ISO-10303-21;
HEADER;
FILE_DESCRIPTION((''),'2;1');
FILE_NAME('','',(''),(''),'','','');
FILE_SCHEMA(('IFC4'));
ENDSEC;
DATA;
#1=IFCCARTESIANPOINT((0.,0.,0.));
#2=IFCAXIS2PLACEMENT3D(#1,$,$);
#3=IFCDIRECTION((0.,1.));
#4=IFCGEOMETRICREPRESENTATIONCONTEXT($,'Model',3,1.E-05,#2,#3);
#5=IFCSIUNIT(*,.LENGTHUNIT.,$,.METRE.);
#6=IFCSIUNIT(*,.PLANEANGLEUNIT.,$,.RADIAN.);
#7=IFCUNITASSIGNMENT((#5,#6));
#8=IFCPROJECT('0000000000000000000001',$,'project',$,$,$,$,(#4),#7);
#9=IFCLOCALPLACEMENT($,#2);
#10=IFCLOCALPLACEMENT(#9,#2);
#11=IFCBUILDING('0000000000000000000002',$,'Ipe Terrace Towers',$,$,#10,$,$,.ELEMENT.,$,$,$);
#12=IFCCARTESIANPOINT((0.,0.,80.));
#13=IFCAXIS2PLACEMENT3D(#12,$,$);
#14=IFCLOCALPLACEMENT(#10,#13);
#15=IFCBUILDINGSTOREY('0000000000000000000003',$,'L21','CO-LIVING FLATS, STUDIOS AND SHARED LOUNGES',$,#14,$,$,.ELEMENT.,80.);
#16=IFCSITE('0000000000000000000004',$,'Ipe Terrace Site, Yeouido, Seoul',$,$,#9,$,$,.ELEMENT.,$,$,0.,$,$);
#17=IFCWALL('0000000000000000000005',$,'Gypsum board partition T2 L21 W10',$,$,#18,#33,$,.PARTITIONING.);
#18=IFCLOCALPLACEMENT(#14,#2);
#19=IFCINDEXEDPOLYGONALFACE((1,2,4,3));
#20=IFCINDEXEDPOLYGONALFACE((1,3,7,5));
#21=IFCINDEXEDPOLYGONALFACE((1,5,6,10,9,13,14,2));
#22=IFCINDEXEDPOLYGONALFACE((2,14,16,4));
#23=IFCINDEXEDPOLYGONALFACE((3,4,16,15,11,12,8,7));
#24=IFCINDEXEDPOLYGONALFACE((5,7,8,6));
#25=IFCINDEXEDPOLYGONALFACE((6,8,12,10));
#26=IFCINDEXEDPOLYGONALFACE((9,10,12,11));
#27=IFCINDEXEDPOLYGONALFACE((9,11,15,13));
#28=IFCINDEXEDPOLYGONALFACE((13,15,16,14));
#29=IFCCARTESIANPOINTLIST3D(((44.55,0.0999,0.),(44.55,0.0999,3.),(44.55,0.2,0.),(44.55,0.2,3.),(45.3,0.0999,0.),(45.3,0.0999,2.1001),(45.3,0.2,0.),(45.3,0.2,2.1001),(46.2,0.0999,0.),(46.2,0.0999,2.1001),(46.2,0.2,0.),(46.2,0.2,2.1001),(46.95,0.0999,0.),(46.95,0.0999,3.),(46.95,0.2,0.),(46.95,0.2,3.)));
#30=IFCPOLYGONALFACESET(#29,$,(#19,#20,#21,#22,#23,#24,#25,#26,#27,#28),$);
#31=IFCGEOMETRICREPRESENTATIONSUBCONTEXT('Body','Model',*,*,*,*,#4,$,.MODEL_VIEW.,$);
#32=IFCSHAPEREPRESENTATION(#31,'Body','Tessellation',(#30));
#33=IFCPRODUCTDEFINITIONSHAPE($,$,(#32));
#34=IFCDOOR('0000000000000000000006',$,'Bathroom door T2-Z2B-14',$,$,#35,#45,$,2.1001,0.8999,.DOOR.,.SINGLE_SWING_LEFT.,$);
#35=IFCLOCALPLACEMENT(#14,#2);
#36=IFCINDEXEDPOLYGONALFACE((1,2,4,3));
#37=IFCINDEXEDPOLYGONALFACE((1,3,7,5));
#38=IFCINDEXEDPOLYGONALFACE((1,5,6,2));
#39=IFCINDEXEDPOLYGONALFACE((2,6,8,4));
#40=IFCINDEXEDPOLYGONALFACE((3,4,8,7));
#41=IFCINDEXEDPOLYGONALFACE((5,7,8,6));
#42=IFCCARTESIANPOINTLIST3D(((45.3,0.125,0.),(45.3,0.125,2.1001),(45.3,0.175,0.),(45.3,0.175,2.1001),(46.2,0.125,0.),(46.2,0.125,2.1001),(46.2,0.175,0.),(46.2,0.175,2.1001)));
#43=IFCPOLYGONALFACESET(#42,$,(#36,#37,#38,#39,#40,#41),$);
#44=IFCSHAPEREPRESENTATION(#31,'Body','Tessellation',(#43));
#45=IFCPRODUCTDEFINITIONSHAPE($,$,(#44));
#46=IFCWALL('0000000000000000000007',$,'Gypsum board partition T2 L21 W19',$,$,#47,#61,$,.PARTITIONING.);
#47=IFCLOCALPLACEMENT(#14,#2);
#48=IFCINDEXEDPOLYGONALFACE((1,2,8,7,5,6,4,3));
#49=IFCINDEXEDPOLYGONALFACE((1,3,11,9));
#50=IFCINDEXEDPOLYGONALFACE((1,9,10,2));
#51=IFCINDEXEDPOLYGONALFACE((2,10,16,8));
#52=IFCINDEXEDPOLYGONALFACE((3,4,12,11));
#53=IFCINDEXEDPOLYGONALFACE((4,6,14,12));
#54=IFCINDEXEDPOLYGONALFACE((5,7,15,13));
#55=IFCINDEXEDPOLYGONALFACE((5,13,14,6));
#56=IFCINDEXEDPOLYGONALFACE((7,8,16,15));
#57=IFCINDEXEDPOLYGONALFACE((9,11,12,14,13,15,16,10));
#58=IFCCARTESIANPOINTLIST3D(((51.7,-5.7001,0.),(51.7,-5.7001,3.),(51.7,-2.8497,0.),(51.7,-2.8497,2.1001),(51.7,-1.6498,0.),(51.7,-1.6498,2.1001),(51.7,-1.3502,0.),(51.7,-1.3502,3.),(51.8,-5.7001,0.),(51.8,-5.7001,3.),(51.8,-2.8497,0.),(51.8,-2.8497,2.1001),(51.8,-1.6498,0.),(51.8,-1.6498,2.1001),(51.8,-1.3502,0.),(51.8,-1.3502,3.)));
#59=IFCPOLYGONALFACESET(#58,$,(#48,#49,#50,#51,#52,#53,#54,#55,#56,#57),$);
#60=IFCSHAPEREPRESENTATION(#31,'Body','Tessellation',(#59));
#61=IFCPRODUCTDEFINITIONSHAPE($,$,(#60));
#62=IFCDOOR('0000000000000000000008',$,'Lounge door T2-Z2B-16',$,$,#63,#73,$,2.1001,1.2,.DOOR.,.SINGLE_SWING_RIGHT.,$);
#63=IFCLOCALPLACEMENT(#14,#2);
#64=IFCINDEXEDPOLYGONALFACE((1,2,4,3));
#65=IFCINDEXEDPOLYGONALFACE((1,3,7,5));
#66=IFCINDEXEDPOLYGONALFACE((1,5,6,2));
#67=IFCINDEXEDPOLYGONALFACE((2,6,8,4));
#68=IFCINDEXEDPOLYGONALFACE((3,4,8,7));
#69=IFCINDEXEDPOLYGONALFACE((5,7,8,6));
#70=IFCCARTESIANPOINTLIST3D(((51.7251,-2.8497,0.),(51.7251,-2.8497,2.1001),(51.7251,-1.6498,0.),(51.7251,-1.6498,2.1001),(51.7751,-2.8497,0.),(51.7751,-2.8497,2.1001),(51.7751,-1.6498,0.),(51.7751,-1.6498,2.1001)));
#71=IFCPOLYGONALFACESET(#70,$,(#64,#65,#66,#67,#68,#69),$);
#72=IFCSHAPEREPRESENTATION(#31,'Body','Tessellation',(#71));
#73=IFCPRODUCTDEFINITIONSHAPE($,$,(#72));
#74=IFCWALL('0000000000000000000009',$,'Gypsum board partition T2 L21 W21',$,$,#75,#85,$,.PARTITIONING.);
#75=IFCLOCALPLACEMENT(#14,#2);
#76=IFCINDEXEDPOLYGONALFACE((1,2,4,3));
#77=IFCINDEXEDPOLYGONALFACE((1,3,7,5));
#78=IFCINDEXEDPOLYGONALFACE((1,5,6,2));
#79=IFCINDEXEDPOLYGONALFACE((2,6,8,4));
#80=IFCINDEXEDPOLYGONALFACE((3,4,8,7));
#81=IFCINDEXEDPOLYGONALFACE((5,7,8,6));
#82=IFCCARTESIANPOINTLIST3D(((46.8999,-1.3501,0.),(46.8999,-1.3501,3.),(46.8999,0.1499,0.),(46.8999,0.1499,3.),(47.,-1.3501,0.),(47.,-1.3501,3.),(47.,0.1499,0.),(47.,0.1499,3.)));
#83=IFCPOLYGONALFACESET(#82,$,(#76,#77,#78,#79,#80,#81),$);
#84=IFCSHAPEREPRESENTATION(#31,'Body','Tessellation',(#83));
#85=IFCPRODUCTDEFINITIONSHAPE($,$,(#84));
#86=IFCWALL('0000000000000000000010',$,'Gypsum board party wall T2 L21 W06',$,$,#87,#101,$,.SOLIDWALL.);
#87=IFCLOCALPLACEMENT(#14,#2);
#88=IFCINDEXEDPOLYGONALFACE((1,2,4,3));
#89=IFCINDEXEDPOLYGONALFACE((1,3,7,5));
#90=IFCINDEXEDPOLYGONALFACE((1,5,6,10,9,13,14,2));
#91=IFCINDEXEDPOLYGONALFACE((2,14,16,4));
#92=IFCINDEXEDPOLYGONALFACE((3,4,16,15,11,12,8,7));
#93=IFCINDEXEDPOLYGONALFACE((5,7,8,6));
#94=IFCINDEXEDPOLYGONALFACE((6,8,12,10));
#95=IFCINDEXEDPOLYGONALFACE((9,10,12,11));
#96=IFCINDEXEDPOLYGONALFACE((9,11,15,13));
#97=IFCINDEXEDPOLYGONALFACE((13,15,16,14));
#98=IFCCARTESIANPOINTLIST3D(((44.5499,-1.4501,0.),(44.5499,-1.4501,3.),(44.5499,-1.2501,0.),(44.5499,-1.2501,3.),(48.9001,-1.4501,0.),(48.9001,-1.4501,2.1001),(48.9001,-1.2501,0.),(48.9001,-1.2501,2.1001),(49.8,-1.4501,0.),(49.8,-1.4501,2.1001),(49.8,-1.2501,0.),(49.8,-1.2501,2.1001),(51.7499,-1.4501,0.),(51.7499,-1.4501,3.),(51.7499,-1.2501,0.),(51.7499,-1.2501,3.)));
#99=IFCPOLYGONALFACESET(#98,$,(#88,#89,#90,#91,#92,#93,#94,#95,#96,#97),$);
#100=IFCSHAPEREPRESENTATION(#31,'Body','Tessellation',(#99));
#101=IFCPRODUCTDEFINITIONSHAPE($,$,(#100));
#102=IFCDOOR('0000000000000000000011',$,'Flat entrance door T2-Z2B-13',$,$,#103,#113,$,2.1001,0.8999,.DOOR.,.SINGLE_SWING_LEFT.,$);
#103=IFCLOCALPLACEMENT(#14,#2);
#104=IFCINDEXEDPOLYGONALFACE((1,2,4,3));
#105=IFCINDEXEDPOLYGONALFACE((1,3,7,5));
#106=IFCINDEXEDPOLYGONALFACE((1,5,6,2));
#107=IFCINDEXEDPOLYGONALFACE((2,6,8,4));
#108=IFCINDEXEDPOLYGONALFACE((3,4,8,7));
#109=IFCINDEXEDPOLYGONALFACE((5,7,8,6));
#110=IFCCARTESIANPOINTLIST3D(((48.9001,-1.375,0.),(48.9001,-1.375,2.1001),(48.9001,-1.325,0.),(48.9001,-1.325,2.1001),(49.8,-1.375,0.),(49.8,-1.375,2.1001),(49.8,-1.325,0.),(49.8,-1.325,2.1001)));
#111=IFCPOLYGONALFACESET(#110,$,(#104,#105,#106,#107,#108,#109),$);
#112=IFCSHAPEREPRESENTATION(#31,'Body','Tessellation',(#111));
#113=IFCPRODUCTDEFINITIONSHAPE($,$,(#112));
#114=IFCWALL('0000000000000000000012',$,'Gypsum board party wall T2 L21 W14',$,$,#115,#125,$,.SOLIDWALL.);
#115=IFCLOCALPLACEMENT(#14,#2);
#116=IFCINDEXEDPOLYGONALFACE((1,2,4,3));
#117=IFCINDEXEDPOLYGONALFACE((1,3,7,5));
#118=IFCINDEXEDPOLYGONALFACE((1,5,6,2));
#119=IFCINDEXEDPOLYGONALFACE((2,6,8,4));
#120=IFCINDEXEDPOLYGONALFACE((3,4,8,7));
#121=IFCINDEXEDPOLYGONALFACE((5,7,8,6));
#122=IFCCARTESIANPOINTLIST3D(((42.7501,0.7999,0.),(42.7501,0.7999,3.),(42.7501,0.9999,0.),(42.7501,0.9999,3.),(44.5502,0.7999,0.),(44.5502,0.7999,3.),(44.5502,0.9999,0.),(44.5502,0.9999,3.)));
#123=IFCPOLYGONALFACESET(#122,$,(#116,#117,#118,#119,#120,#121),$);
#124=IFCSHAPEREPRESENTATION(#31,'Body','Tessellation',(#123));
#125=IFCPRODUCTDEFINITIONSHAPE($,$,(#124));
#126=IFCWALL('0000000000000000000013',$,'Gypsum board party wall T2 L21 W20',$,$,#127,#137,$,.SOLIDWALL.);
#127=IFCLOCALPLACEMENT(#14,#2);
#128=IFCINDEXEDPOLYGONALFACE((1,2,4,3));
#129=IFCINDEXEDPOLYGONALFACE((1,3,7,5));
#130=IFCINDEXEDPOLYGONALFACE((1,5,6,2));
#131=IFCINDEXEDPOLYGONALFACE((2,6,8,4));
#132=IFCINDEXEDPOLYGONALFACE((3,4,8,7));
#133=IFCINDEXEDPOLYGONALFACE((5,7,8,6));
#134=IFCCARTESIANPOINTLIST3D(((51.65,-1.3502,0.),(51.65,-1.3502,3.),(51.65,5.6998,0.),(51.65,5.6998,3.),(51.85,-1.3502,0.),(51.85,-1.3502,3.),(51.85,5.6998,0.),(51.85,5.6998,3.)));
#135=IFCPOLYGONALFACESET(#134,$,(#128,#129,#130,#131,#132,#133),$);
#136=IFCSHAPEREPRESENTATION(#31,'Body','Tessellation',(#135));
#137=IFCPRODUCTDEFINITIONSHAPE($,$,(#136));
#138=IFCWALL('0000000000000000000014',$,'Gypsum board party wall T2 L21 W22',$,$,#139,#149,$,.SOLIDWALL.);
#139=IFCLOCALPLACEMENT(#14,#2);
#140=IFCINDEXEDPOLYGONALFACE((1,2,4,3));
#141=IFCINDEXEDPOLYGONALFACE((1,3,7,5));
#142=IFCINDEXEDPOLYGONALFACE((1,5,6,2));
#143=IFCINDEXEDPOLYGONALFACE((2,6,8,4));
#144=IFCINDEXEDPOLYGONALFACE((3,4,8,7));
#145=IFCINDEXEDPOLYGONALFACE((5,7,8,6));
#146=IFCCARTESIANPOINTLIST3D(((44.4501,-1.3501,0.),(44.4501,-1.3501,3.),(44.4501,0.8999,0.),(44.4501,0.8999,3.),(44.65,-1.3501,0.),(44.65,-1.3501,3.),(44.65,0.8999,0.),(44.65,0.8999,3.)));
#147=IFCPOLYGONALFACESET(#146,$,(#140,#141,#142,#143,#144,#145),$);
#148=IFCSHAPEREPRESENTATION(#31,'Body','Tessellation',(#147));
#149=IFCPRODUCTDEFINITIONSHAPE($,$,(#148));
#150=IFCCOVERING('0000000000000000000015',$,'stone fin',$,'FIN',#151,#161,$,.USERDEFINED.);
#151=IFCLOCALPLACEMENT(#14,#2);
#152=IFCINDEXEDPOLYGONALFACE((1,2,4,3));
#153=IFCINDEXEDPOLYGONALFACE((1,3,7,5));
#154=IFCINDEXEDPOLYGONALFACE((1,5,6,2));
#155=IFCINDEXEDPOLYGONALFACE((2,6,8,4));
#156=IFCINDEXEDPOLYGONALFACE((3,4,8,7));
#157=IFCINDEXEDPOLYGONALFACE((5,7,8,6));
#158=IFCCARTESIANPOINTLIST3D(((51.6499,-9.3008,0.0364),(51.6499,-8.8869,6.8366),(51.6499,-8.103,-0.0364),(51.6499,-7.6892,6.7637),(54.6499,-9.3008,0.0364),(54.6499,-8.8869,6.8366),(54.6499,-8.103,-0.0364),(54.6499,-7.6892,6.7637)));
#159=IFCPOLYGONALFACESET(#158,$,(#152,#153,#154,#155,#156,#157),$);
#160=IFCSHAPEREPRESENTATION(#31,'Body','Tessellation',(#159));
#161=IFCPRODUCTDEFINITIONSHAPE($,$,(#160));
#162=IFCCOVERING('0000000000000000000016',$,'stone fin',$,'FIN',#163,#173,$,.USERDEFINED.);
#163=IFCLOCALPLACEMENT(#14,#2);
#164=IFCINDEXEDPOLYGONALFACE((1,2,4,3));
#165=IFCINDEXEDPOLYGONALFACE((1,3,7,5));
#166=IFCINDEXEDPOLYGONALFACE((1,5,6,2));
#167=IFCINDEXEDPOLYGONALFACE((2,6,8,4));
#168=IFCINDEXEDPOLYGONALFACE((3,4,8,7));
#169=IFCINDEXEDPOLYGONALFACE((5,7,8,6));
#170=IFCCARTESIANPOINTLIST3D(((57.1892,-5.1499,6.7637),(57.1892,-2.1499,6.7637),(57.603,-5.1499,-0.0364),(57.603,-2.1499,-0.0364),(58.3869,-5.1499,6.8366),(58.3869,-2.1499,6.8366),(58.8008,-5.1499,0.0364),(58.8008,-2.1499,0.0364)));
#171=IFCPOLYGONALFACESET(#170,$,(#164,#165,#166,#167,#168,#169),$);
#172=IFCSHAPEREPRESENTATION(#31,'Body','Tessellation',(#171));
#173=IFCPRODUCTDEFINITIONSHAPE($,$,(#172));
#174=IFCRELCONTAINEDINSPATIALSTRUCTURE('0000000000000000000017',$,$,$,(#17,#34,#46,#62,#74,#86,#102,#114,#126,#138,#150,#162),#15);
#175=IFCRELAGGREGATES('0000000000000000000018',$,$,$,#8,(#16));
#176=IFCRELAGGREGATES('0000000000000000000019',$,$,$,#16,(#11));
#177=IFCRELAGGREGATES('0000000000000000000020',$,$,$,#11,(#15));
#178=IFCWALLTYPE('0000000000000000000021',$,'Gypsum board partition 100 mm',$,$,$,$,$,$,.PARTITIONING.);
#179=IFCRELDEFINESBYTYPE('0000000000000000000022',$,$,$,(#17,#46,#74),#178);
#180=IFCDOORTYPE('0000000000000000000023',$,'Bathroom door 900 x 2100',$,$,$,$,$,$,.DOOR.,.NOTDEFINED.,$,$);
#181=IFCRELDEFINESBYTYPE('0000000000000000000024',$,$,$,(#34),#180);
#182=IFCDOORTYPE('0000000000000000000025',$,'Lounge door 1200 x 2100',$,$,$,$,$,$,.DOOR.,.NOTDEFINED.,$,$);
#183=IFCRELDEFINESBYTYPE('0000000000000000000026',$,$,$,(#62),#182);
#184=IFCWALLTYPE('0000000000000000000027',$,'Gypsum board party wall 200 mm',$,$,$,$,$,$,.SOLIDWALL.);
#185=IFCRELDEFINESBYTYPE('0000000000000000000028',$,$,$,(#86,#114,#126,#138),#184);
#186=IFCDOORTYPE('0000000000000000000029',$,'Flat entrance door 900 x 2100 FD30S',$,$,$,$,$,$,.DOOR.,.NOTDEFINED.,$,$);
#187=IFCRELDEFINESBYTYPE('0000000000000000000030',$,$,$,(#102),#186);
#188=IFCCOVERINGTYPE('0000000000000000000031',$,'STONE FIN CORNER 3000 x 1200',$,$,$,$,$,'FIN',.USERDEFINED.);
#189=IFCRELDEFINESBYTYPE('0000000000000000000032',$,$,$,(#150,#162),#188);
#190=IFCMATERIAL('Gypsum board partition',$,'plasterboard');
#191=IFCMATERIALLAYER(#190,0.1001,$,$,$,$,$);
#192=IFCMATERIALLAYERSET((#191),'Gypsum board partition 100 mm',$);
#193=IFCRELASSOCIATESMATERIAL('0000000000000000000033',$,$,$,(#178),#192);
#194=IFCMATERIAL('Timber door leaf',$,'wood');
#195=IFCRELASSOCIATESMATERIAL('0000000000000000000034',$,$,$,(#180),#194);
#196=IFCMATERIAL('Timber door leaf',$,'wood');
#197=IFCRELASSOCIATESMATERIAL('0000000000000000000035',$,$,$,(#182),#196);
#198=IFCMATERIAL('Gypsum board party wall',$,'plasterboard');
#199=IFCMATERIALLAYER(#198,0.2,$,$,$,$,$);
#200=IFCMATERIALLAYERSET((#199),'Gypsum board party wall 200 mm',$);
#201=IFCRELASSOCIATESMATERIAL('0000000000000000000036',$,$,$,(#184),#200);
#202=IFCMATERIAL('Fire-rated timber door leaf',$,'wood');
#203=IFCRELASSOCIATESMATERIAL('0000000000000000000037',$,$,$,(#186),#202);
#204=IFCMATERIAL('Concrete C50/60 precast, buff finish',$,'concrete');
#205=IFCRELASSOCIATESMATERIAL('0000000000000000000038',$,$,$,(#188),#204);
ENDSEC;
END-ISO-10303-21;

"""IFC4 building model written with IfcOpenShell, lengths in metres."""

from ifc_helpers import new_model, si_unit, direction, frame, frame_2d, origin, origin_2d, place, context, subcontext, project, spatial, rectangle, extrude, material, layer, layer_set, material_profile, profile_set, type_object, element, fill, save


model = new_model("IFC4")

# Units and contexts
model_context = context("Model", 3, precision=1e-05, world=origin(), true_north=direction((0.0, 1.0)))
body_context = subcontext(model_context, "Body", "Model", "MODEL_VIEW")
ifc_project = project(units=[si_unit("LENGTHUNIT", "METRE"), si_unit("PLANEANGLEUNIT", "RADIAN")], contexts=[model_context])

# Site, building, storey
site_placement = place(None, origin())
site = spatial("IfcSite", under=ifc_project, at=site_placement, Name="Ipe Terrace Site, Yeouido, Seoul", CompositionType="ELEMENT", RefElevation=0.0)
building_placement = place(site_placement, origin())
building = spatial("IfcBuilding", under=site, at=building_placement, Name="Ipe Terrace Towers", CompositionType="ELEMENT")
storey_placement = place(building_placement, frame((0.0, 0.0, 80.0)))
storey = spatial("IfcBuildingStorey", under=building, at=storey_placement, Name="L21", Description="CO-LIVING FLATS, STUDIOS AND SHARED LOUNGES", CompositionType="ELEMENT", Elevation=80.0)

# Walls, openings, doors
ifc_material_1 = material(Name="Gypsum board partition", Category="plasterboard")
ifc_layer_1 = layer(ifc_material_1, 0.1001)
ifc_layer_set_1 = layer_set([ifc_layer_1], Name="Gypsum board partition 100 mm")
wall_type_1 = type_object("IfcWallType", Name="Gypsum board partition 100 mm", PredefinedType="PARTITIONING", material=ifc_layer_set_1)
wall_1_placement = place(storey_placement, frame((46.95, 0.1499, 0.0), z_axis=(0.0, 0.0, 1.0), x_axis=(-1.0, 0.0, 0.0)))
wall_1 = element("IfcWall", 1, at=wall_1_placement, inside=storey, type_object=wall_type_1, Name="Gypsum board partition T2 L21 W10", PredefinedType="PARTITIONING", context=body_context, shape_type="SweptSolid", body=[
    extrude(rectangle(XDim=2.3999, YDim=0.1001, at=frame_2d((1.2, 0.0))), origin(), (0.0, 0.0, 1.0), 3.0),
])
opening_1_placement = place(wall_1_placement, frame((0.75, 0.0, 0.0)))
opening_1 = element("IfcOpeningElement", 2, at=opening_1_placement, cuts=wall_1, PredefinedType="OPENING", context=body_context, shape_type="SweptSolid", body=[
    extrude(rectangle(XDim=0.8999, YDim=2.1001, at=frame_2d((0.45, 1.05))), frame((0.0, 0.0601, 0.0), z_axis=(0.0, -1.0, 0.0), x_axis=(1.0, 0.0, 0.0)), (0.0, 0.0, 1.0), 0.1201),
])
ifc_material_2 = material(Name="Timber door leaf", Category="wood")
door_type_1 = type_object("IfcDoorType", Name="Bathroom door 900 x 2100", OperationType="NOTDEFINED", PredefinedType="DOOR", material=ifc_material_2)
door_1_placement = place(opening_1_placement, origin())
door_1 = element("IfcDoor", 3, at=door_1_placement, inside=storey, type_object=door_type_1, Name="Bathroom door T2-Z2B-14", OperationType="SINGLE_SWING_LEFT", OverallHeight=2.1001, OverallWidth=0.8999, PredefinedType="DOOR", context=body_context, shape_type="SweptSolid", body=[
    extrude(rectangle(XDim=0.8999, YDim=2.1001, at=frame_2d((0.45, 1.05))), frame((0.0, 0.0249, 0.0), z_axis=(0.0, -1.0, 0.0), x_axis=(1.0, 0.0, 0.0)), (0.0, 0.0, 1.0), 0.05),
])
fill(opening_1, door_1)
wall_2_placement = place(storey_placement, frame((51.75, -5.7, 0.0), z_axis=(0.0, 0.0, 1.0), x_axis=(0.0, 1.0, 0.0)))
wall_2 = element("IfcWall", 4, at=wall_2_placement, inside=storey, type_object=wall_type_1, Name="Gypsum board partition T2 L21 W19", PredefinedType="PARTITIONING", context=body_context, shape_type="SweptSolid", body=[
    extrude(rectangle(XDim=4.3499, YDim=0.1001, at=frame_2d((2.1748, 0.0))), origin(), (0.0, 0.0, 1.0), 3.0),
])
opening_2_placement = place(wall_2_placement, frame((2.8501, 0.0, 0.0)))
opening_2 = element("IfcOpeningElement", 5, at=opening_2_placement, cuts=wall_2, PredefinedType="OPENING", context=body_context, shape_type="SweptSolid", body=[
    extrude(rectangle(XDim=1.2, YDim=2.1001, at=frame_2d((0.6001, 1.05))), frame((0.0, 0.0601, 0.0), z_axis=(0.0, -1.0, 0.0), x_axis=(1.0, 0.0, 0.0)), (0.0, 0.0, 1.0), 0.1201),
])
ifc_material_3 = material(Name="Timber door leaf", Category="wood")
door_type_2 = type_object("IfcDoorType", Name="Lounge door 1200 x 2100", OperationType="NOTDEFINED", PredefinedType="DOOR", material=ifc_material_3)
door_2_placement = place(opening_2_placement, origin())
door_2 = element("IfcDoor", 6, at=door_2_placement, inside=storey, type_object=door_type_2, Name="Lounge door T2-Z2B-16", OperationType="SINGLE_SWING_RIGHT", OverallHeight=2.1001, OverallWidth=1.2, PredefinedType="DOOR", context=body_context, shape_type="SweptSolid", body=[
    extrude(rectangle(XDim=1.2, YDim=2.1001, at=frame_2d((0.6001, 1.05))), frame((0.0, 0.0249, 0.0), z_axis=(0.0, -1.0, 0.0), x_axis=(1.0, 0.0, 0.0)), (0.0, 0.0, 1.0), 0.05),
])
fill(opening_2, door_2)

# Wall
wall_3_placement = place(storey_placement, frame((46.95, -1.3501, 0.0), z_axis=(0.0, 0.0, 1.0), x_axis=(0.0, 1.0, 0.0)))
element("IfcWall", 7, at=wall_3_placement, inside=storey, type_object=wall_type_1, Name="Gypsum board partition T2 L21 W21", PredefinedType="PARTITIONING", context=body_context, shape_type="SweptSolid", body=[
    extrude(rectangle(XDim=1.5, YDim=0.1001, at=frame_2d((0.75, 0.0))), origin(), (0.0, 0.0, 1.0), 3.0),
])

# Wall, opening, door
ifc_material_4 = material(Name="Gypsum board party wall", Category="plasterboard")
ifc_layer_2 = layer(ifc_material_4, 0.2)
ifc_layer_set_2 = layer_set([ifc_layer_2], Name="Gypsum board party wall 200 mm")
wall_type_2 = type_object("IfcWallType", Name="Gypsum board party wall 200 mm", PredefinedType="SOLIDWALL", material=ifc_layer_set_2)
wall_4_placement = place(storey_placement, frame((51.75, -1.3501, 0.0), z_axis=(0.0, 0.0, 1.0), x_axis=(-1.0, 0.0, 0.0)))
wall_4 = element("IfcWall", 8, at=wall_4_placement, inside=storey, type_object=wall_type_2, Name="Gypsum board party wall T2 L21 W06", PredefinedType="SOLIDWALL", context=body_context, shape_type="SweptSolid", body=[
    extrude(rectangle(XDim=7.2, YDim=0.2, at=frame_2d((3.6001, 0.0))), origin(), (0.0, 0.0, 1.0), 3.0),
])
opening_3_placement = place(wall_4_placement, frame((1.95, 0.0, 0.0)))
opening_3 = element("IfcOpeningElement", 9, at=opening_3_placement, cuts=wall_4, PredefinedType="OPENING", context=body_context, shape_type="SweptSolid", body=[
    extrude(rectangle(XDim=0.8999, YDim=2.1001, at=frame_2d((0.45, 1.05))), frame((0.0, 0.1099, 0.0), z_axis=(0.0, -1.0, 0.0), x_axis=(1.0, 0.0, 0.0)), (0.0, 0.0, 1.0), 0.22),
])
ifc_material_5 = material(Name="Fire-rated timber door leaf", Category="wood")
door_type_3 = type_object("IfcDoorType", Name="Flat entrance door 900 x 2100 FD30S", OperationType="NOTDEFINED", PredefinedType="DOOR", material=ifc_material_5)
door_3_placement = place(opening_3_placement, origin())
door_3 = element("IfcDoor", 10, at=door_3_placement, inside=storey, type_object=door_type_3, Name="Flat entrance door T2-Z2B-13", OperationType="SINGLE_SWING_LEFT", OverallHeight=2.1001, OverallWidth=0.8999, PredefinedType="DOOR", context=body_context, shape_type="SweptSolid", body=[
    extrude(rectangle(XDim=0.8999, YDim=2.1001, at=frame_2d((0.45, 1.05))), frame((0.0, 0.0249, 0.0), z_axis=(0.0, -1.0, 0.0), x_axis=(1.0, 0.0, 0.0)), (0.0, 0.0, 1.0), 0.05),
])
fill(opening_3, door_3)

# Walls
wall_5_placement = place(storey_placement, frame((44.55, 0.8999, 0.0), z_axis=(0.0, 0.0, 1.0), x_axis=(-1.0, 0.0, 0.0)))
element("IfcWall", 11, at=wall_5_placement, inside=storey, type_object=wall_type_2, Name="Gypsum board party wall T2 L21 W14", PredefinedType="SOLIDWALL", context=body_context, shape_type="SweptSolid", body=[
    extrude(rectangle(XDim=1.8, YDim=0.2, at=frame_2d((0.8999, 0.0))), origin(), (0.0, 0.0, 1.0), 3.0),
])
wall_6_placement = place(storey_placement, frame((51.75, -1.3501, 0.0), z_axis=(0.0, 0.0, 1.0), x_axis=(0.0, 1.0, 0.0)))
element("IfcWall", 12, at=wall_6_placement, inside=storey, type_object=wall_type_2, Name="Gypsum board party wall T2 L21 W20", PredefinedType="SOLIDWALL", context=body_context, shape_type="SweptSolid", body=[
    extrude(rectangle(XDim=7.05, YDim=0.2, at=frame_2d((3.5249, 0.0))), origin(), (0.0, 0.0, 1.0), 3.0),
])
wall_7_placement = place(storey_placement, frame((44.55, -1.3501, 0.0), z_axis=(0.0, 0.0, 1.0), x_axis=(0.0, 1.0, 0.0)))
element("IfcWall", 13, at=wall_7_placement, inside=storey, type_object=wall_type_2, Name="Gypsum board party wall T2 L21 W22", PredefinedType="SOLIDWALL", context=body_context, shape_type="SweptSolid", body=[
    extrude(rectangle(XDim=2.25, YDim=0.2, at=frame_2d((1.125, 0.0))), origin(), (0.0, 0.0, 1.0), 3.0),
])

# Coverings
ifc_material_6 = material(Name="Concrete C50/60 precast, buff finish", Category="concrete")
ifc_material_profile_1 = material_profile(ifc_material_6, rectangle(XDim=3.0, YDim=1.2, at=origin_2d()), Name="STONE FIN CORNER 3000 x 1200")
ifc_profile_set_1 = profile_set([ifc_material_profile_1], Name="Concrete C50/60 precast, buff finish")
covering_type_1 = type_object("IfcCoveringType", Name="STONE FIN CORNER 3000 x 1200", ElementType="FIN", PredefinedType="USERDEFINED", material=ifc_profile_set_1)
for number, where, z_axis, x_axis, name in (
    (14, (53.1499, -8.7019, 0.0), (0.0, 0.060743, 0.998153), (1.0, 0.0, 0.0), "stone fin"),
    (15, (58.2019, -3.6499, 0.0), (-0.060743, 0.0, 0.998153), (0.0, 1.0, 0.0), "stone fin"),
):
    element("IfcCovering", number, at=place(storey_placement, frame(where, z_axis=z_axis, x_axis=x_axis)), inside=storey, type_object=covering_type_1, Name=name, ObjectType="FIN", PredefinedType="USERDEFINED", context=body_context, shape_type="SweptSolid", body=[
        extrude(rectangle(XDim=3.0, YDim=1.2, at=origin_2d()), origin(), (0.0, 0.0, 1.0), 6.8127),
    ])

save(model, "model.ifc")
